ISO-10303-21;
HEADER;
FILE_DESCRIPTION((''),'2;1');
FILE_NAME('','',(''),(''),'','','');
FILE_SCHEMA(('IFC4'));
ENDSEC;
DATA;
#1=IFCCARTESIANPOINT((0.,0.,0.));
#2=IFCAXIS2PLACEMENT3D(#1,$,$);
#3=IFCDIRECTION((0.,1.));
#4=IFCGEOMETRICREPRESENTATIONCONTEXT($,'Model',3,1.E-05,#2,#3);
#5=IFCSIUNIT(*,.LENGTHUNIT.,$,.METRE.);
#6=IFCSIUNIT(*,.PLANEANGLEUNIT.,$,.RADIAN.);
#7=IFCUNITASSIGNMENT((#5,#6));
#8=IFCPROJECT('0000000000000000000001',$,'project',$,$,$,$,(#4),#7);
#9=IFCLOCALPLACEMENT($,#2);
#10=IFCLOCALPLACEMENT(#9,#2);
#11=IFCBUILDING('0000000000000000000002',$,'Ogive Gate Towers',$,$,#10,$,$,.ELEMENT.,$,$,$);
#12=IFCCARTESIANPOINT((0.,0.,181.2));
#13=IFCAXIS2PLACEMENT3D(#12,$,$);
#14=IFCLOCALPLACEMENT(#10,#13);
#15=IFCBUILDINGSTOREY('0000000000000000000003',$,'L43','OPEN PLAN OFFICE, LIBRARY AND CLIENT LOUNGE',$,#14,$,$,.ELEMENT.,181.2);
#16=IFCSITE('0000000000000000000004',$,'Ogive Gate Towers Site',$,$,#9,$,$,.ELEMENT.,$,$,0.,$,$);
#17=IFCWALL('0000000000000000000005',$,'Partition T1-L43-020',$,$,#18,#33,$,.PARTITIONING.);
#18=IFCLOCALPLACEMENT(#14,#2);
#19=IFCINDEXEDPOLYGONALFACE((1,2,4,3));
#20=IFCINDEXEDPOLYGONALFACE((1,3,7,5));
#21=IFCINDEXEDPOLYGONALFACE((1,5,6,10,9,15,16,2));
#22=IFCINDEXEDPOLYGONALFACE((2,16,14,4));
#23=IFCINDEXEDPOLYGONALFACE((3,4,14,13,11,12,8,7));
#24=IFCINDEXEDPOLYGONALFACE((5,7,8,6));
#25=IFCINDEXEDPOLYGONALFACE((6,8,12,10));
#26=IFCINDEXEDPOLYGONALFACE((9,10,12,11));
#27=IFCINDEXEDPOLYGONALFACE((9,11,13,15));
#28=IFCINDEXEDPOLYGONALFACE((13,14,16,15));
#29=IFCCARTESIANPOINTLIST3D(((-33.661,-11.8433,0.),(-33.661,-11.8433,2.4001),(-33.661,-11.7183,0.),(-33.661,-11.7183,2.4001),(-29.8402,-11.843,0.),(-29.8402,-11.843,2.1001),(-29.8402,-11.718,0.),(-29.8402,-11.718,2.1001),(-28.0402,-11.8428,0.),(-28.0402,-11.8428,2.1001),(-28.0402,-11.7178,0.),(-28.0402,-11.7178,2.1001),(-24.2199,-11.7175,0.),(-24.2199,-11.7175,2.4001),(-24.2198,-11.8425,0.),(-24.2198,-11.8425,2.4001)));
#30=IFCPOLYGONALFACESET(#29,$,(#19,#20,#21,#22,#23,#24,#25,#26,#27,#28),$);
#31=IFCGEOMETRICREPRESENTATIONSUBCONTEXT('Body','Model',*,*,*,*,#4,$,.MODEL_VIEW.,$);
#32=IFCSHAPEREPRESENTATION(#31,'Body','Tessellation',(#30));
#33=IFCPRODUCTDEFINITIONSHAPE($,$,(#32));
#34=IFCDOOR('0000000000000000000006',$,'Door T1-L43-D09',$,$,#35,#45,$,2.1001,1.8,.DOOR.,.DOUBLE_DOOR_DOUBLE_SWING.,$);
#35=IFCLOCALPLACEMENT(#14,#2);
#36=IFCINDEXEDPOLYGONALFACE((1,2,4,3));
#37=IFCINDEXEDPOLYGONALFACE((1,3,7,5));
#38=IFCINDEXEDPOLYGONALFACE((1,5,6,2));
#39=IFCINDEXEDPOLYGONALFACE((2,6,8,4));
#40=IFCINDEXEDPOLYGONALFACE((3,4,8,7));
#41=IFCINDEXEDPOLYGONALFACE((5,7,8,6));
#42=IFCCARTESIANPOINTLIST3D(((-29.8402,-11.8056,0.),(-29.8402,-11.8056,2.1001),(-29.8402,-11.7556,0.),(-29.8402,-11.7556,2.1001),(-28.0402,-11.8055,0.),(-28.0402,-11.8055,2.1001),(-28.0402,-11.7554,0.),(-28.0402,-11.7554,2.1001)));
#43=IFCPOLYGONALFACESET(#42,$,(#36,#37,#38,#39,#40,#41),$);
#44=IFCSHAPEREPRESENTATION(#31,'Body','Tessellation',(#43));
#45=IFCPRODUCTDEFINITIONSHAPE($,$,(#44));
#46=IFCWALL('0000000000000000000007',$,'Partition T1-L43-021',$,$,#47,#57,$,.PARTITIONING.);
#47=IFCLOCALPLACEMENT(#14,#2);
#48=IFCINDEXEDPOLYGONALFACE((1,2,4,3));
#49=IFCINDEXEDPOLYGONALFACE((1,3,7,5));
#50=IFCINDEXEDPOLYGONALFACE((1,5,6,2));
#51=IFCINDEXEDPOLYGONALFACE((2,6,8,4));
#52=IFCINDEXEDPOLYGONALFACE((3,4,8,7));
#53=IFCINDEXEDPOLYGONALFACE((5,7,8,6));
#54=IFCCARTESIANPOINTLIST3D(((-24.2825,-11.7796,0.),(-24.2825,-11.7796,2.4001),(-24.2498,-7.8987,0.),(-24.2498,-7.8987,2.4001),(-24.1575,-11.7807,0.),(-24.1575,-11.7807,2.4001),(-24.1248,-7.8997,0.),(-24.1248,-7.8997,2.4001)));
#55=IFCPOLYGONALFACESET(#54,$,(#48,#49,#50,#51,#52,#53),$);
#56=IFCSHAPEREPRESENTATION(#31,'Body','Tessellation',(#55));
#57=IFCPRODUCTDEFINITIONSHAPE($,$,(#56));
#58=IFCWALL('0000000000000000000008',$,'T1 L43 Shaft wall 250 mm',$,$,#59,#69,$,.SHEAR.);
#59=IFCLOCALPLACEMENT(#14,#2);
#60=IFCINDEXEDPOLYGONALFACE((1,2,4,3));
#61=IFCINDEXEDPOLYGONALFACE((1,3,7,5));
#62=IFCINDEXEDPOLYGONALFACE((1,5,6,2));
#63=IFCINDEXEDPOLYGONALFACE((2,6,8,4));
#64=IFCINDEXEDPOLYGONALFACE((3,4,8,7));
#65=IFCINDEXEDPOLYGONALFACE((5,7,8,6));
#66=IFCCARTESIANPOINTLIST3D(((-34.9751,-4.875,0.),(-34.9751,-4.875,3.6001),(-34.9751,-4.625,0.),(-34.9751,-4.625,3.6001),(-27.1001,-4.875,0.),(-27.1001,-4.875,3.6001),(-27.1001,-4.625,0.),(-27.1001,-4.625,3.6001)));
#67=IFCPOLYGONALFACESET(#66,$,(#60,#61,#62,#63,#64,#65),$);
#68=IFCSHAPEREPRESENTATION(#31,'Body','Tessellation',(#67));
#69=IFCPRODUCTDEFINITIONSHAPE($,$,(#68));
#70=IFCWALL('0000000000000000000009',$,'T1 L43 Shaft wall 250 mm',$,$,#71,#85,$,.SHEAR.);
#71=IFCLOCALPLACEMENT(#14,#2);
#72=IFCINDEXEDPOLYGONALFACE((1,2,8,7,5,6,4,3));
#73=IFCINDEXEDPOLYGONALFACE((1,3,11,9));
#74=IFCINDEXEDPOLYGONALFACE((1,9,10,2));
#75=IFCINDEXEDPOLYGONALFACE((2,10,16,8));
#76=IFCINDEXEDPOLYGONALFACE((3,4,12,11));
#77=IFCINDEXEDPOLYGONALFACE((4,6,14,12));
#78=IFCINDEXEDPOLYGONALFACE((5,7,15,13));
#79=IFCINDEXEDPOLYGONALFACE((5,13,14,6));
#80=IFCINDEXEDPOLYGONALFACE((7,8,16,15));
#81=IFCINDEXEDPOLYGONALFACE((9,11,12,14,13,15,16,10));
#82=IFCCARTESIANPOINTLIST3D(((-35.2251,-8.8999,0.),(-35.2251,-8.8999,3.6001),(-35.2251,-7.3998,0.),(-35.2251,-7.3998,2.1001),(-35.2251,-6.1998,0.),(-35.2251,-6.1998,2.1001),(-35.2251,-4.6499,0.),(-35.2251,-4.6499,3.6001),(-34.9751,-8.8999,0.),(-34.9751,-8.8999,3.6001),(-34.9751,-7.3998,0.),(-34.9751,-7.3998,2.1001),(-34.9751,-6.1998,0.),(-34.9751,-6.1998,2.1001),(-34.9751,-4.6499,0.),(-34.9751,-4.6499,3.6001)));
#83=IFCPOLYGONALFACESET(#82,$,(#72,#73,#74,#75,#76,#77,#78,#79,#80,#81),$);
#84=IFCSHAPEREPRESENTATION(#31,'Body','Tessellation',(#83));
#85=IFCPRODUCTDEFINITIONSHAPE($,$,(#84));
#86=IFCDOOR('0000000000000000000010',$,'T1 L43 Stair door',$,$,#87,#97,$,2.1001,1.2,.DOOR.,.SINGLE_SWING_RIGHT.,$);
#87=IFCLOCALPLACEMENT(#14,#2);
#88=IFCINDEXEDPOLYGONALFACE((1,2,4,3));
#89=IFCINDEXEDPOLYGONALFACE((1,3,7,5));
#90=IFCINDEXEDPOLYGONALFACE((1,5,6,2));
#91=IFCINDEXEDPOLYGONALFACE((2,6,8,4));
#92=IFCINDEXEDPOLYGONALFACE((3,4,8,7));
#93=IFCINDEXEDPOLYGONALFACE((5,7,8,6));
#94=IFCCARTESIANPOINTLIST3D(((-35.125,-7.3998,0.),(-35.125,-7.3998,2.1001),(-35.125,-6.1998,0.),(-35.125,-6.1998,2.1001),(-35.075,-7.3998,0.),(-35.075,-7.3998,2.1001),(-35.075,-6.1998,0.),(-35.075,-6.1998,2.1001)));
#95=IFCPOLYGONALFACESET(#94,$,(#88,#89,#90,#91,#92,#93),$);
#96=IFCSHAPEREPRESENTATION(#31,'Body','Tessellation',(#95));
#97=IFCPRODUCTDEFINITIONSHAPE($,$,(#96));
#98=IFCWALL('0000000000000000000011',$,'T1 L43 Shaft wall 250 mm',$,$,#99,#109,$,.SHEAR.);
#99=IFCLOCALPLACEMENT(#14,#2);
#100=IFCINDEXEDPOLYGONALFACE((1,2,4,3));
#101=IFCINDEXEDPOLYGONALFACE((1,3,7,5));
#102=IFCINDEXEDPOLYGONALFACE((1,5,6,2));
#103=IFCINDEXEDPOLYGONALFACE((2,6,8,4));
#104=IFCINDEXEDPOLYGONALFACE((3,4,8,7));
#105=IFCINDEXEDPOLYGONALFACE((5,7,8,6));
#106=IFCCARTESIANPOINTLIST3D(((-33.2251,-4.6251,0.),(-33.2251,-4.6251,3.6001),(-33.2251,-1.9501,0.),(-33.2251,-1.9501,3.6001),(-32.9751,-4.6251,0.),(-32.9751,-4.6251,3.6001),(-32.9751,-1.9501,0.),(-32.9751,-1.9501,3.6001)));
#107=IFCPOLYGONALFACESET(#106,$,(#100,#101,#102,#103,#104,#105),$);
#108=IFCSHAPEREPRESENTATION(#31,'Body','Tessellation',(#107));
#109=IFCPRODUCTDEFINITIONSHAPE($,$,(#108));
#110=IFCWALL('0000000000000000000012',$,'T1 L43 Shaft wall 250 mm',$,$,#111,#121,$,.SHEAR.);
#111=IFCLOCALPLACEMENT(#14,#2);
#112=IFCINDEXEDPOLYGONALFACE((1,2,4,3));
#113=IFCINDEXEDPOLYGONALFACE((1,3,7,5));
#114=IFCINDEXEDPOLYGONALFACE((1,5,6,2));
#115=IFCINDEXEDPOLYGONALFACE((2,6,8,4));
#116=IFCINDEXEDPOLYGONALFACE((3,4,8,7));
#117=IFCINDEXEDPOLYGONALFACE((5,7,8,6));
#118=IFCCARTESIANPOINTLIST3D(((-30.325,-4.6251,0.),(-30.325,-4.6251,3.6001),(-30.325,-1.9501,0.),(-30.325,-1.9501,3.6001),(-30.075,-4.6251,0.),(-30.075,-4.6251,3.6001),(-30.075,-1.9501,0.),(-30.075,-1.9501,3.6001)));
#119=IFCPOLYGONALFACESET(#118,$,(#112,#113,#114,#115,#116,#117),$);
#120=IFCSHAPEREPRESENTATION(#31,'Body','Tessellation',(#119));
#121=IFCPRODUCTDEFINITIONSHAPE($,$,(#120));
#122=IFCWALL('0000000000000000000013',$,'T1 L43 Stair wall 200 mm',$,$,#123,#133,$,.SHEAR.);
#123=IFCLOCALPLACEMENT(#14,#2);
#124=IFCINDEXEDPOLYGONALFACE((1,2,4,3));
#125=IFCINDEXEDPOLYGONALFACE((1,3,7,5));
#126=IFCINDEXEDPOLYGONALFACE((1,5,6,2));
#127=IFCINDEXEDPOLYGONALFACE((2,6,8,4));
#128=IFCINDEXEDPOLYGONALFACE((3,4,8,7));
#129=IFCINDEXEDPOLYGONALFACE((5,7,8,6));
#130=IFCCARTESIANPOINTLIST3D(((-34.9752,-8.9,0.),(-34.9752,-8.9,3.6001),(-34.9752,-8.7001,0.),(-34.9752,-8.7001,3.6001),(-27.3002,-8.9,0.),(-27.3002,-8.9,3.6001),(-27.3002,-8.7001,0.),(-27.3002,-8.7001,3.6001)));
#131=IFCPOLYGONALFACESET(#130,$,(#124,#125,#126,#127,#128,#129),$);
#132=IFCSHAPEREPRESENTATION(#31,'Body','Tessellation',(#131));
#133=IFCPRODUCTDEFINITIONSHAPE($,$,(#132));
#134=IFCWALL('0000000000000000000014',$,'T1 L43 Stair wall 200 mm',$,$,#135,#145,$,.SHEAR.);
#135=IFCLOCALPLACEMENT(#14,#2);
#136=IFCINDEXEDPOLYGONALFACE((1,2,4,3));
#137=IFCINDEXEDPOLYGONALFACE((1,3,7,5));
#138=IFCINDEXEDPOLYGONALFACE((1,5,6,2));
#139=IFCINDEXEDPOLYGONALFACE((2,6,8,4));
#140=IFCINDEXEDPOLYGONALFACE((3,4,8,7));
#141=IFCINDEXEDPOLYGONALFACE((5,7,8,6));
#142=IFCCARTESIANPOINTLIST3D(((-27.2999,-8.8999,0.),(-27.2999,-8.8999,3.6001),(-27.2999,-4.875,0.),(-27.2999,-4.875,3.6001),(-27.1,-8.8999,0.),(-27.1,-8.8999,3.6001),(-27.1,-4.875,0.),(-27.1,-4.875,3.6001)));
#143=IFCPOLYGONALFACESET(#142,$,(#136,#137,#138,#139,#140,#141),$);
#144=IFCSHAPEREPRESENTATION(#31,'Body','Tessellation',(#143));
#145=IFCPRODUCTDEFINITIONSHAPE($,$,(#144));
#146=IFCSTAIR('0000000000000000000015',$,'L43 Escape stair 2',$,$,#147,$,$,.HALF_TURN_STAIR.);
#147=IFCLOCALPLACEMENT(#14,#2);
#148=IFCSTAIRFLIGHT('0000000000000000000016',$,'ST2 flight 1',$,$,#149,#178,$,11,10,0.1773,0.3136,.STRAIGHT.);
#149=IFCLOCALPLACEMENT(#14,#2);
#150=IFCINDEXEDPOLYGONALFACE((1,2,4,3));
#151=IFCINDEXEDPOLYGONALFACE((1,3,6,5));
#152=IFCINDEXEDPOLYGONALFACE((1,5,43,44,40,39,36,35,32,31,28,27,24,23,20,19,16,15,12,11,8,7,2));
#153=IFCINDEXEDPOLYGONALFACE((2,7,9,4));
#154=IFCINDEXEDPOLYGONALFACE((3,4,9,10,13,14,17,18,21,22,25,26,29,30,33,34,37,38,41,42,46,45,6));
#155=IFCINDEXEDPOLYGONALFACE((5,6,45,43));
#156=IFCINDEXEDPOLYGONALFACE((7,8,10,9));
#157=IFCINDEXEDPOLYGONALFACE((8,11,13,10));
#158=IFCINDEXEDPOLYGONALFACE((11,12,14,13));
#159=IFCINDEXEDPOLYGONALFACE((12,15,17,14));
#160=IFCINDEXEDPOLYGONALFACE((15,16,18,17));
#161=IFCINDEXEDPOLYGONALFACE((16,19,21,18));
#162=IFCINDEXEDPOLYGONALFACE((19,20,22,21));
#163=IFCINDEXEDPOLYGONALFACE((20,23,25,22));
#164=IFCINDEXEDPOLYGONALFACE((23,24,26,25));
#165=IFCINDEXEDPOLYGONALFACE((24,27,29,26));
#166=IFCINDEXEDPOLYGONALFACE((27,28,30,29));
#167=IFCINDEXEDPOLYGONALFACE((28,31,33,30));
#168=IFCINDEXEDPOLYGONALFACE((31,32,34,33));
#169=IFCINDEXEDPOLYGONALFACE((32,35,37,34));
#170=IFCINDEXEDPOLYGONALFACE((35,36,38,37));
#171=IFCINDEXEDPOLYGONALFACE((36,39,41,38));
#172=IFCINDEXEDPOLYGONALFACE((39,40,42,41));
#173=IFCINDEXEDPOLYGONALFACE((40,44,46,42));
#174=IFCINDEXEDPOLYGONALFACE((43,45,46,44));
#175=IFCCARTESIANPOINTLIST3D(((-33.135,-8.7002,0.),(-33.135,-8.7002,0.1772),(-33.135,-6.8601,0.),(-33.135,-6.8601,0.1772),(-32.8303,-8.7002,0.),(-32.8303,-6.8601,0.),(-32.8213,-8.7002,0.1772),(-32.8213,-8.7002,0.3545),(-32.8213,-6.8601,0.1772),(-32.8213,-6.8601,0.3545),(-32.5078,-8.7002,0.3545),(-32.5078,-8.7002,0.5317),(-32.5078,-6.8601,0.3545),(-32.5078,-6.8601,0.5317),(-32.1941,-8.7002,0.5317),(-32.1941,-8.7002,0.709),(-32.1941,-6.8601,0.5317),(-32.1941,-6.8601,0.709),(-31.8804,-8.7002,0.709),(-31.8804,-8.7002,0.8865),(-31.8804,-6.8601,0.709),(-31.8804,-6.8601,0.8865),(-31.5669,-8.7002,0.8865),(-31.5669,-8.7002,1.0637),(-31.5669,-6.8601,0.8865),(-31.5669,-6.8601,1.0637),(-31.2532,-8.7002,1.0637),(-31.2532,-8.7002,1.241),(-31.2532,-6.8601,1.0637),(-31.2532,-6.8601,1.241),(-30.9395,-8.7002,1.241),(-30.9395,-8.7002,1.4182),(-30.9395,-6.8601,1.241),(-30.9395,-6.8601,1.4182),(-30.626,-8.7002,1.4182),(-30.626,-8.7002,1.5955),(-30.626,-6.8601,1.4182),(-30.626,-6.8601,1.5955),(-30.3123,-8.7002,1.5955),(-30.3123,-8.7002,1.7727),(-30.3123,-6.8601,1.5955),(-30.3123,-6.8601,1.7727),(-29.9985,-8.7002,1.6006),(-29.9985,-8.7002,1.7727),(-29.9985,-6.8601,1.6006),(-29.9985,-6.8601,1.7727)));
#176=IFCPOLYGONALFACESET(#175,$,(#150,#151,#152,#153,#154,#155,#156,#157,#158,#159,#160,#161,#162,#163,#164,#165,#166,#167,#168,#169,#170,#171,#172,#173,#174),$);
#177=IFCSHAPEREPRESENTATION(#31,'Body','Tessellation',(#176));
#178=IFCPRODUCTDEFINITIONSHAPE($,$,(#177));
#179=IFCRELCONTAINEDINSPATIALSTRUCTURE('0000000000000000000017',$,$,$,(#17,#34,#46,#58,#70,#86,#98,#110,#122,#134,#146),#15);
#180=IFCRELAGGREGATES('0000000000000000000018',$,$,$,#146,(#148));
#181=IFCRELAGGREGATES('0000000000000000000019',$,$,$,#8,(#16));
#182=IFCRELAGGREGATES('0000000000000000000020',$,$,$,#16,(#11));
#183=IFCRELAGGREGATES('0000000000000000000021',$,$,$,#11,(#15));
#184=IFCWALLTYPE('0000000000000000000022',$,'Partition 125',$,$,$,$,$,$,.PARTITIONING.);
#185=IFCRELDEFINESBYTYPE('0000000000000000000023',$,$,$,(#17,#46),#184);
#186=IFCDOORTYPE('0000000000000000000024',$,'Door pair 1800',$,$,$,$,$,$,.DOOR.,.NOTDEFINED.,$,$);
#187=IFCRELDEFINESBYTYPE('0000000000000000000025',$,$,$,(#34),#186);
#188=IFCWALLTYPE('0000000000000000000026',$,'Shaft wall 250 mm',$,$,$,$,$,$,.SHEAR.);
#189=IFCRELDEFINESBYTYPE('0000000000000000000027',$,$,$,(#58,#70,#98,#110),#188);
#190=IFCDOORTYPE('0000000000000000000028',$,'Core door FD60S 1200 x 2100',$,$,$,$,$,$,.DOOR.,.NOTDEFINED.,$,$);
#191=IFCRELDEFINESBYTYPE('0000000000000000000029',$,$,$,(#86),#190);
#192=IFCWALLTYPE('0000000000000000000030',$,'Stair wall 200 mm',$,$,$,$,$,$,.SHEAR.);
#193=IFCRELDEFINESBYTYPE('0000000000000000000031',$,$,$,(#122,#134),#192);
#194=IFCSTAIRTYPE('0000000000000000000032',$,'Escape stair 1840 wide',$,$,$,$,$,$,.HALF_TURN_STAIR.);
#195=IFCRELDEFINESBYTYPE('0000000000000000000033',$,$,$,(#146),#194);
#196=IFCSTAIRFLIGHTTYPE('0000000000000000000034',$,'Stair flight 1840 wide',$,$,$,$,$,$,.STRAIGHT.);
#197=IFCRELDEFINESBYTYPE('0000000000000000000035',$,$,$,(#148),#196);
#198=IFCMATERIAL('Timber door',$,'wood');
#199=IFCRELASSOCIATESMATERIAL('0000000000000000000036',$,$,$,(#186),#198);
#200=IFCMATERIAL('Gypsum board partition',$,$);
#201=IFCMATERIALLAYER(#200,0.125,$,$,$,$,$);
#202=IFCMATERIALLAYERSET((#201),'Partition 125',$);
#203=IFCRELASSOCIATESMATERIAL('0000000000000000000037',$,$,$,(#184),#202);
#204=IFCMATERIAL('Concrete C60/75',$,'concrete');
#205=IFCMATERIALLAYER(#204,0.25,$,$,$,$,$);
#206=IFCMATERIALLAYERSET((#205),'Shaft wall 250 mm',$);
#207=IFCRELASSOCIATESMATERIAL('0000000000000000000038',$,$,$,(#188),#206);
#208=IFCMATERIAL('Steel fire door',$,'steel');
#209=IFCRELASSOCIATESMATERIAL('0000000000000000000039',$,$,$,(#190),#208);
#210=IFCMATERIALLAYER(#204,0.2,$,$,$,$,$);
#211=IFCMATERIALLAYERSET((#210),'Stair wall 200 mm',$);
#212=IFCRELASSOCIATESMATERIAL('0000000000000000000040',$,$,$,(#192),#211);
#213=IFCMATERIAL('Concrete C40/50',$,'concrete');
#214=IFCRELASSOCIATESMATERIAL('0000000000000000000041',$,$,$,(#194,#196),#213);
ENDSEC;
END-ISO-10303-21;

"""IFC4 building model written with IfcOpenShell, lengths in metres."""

from ifc_helpers import new_model, si_unit, direction, frame, frame_2d, origin, place, context, subcontext, project, spatial, polyline, rectangle, outline, extrude, material, layer, layer_set, type_object, element, fill, aggregate, save


model = new_model("IFC4")

# Units and contexts
model_context = context("Model", 3, precision=1e-05, world=origin(), true_north=direction((0.0, 1.0)))
body_context = subcontext(model_context, "Body", "Model", "MODEL_VIEW")
ifc_project = project(units=[si_unit("LENGTHUNIT", "METRE"), si_unit("PLANEANGLEUNIT", "RADIAN")], contexts=[model_context])

# Site, building, storey
site_placement = place(None, origin())
site = spatial("IfcSite", under=ifc_project, at=site_placement, Name="Ogive Gate Towers Site", CompositionType="ELEMENT", RefElevation=0.0)
building_placement = place(site_placement, origin())
building = spatial("IfcBuilding", under=site, at=building_placement, Name="Ogive Gate Towers", CompositionType="ELEMENT")
storey_placement = place(building_placement, frame((0.0, 0.0, 181.2)))
storey = spatial("IfcBuildingStorey", under=building, at=storey_placement, Name="L43", Description="OPEN PLAN OFFICE, LIBRARY AND CLIENT LOUNGE", CompositionType="ELEMENT", Elevation=181.2)

# Wall, opening, door
ifc_material_1 = material(Name="Timber door", Category="wood")
door_type_1 = type_object("IfcDoorType", Name="Door pair 1800", OperationType="NOTDEFINED", PredefinedType="DOOR", material=ifc_material_1)
ifc_material_2 = material(Name="Concrete C60/75", Category="concrete")
ifc_material_3 = material(Name="Steel fire door", Category="steel")
ifc_material_4 = material(Name="Gypsum board partition")
ifc_layer_1 = layer(ifc_material_4, 0.125)
ifc_layer_set_1 = layer_set([ifc_layer_1], Name="Partition 125")
wall_type_1 = type_object("IfcWallType", Name="Partition 125", PredefinedType="PARTITIONING", material=ifc_layer_set_1)
wall_1_placement = place(storey_placement, frame((-33.6611, -11.7808, 0.0), z_axis=(0.0, 0.0, 1.0), x_axis=(1.0, 0.000078, 0.0)))
wall_1 = element("IfcWall", 1, at=wall_1_placement, inside=storey, type_object=wall_type_1, Name="Partition T1-L43-020", PredefinedType="PARTITIONING", context=body_context, shape_type="SweptSolid", body=[
    extrude(rectangle(XDim=9.4412, YDim=0.125, at=frame_2d((4.7207, 0.0))), origin(), (0.0, 0.0, 1.0), 2.4001),
])
opening_1_placement = place(wall_1_placement, frame((3.821, 0.0, 0.0)))
opening_1 = element("IfcOpeningElement", 2, at=opening_1_placement, cuts=wall_1, PredefinedType="OPENING", context=body_context, shape_type="SweptSolid", body=[
    extrude(rectangle(XDim=1.8, YDim=2.1001, at=frame_2d((0.8999, 1.05))), frame((0.0, 0.0725, 0.0), z_axis=(0.0, -1.0, 0.0), x_axis=(1.0, 0.0, 0.0)), (0.0, 0.0, 1.0), 0.145),
])
door_1_placement = place(opening_1_placement, origin())
door_1 = element("IfcDoor", 3, at=door_1_placement, inside=storey, type_object=door_type_1, Name="Door T1-L43-D09", OperationType="DOUBLE_DOOR_DOUBLE_SWING", OverallHeight=2.1001, OverallWidth=1.8, PredefinedType="DOOR", context=body_context, shape_type="SweptSolid", body=[
    extrude(rectangle(XDim=1.8, YDim=2.1001, at=frame_2d((0.8999, 1.05))), frame((0.0, 0.0249, 0.0), z_axis=(0.0, -1.0, 0.0), x_axis=(1.0, 0.0, 0.0)), (0.0, 0.0, 1.0), 0.05),
])
fill(opening_1, door_1)

# Walls
wall_2_placement = place(storey_placement, frame((-24.22, -11.78, 0.0), z_axis=(0.0, 0.0, 1.0), x_axis=(0.008429, 0.999964, 0.0)))
element("IfcWall", 4, at=wall_2_placement, inside=storey, type_object=wall_type_1, Name="Partition T1-L43-021", PredefinedType="PARTITIONING", context=body_context, shape_type="SweptSolid", body=[
    extrude(rectangle(XDim=3.8811, YDim=0.125, at=frame_2d((1.9404, 0.0))), origin(), (0.0, 0.0, 1.0), 2.4001),
])
ifc_layer_2 = layer(ifc_material_2, 0.25)
ifc_layer_set_2 = layer_set([ifc_layer_2], Name="Shaft wall 250 mm")
wall_type_2 = type_object("IfcWallType", Name="Shaft wall 250 mm", PredefinedType="SHEAR", material=ifc_layer_set_2)
wall_3_placement = place(storey_placement, frame((-34.9751, -4.75, 0.0), z_axis=(0.0, 0.0, 1.0), x_axis=(1.0, 0.0, 0.0)))
element("IfcWall", 5, at=wall_3_placement, inside=storey, type_object=wall_type_2, Name="T1 L43 Shaft wall 250 mm", PredefinedType="SHEAR", context=body_context, shape_type="SweptSolid", body=[
    extrude(rectangle(XDim=7.875, YDim=0.25, at=frame_2d((3.9375, 0.0))), origin(), (0.0, 0.0, 1.0), 3.6001),
])

# Wall, opening, door
wall_4_placement = place(storey_placement, frame((-35.1001, -8.8999, 0.0), z_axis=(0.0, 0.0, 1.0), x_axis=(0.0, 1.0, 0.0)))
wall_4 = element("IfcWall", 6, at=wall_4_placement, inside=storey, type_object=wall_type_2, Name="T1 L43 Shaft wall 250 mm", PredefinedType="SHEAR", context=body_context, shape_type="SweptSolid", body=[
    extrude(rectangle(XDim=4.25, YDim=0.25, at=frame_2d((2.125, 0.0))), origin(), (0.0, 0.0, 1.0), 3.6001),
])
opening_2_placement = place(wall_4_placement, frame((1.5, 0.0, 0.0)))
opening_2 = element("IfcOpeningElement", 7, at=opening_2_placement, cuts=wall_4, PredefinedType="OPENING", context=body_context, shape_type="SweptSolid", body=[
    extrude(rectangle(XDim=1.2, YDim=2.1001, at=frame_2d((0.6001, 1.05))), frame((0.0, 0.135, 0.0), z_axis=(0.0, -1.0, 0.0), x_axis=(1.0, 0.0, 0.0)), (0.0, 0.0, 1.0), 0.27),
])
door_type_2 = type_object("IfcDoorType", Name="Core door FD60S 1200 x 2100", OperationType="NOTDEFINED", PredefinedType="DOOR", material=ifc_material_3)
door_2_placement = place(opening_2_placement, origin())
door_2 = element("IfcDoor", 8, at=door_2_placement, inside=storey, type_object=door_type_2, Name="T1 L43 Stair door", OperationType="SINGLE_SWING_RIGHT", OverallHeight=2.1001, OverallWidth=1.2, PredefinedType="DOOR", context=body_context, shape_type="SweptSolid", body=[
    extrude(rectangle(XDim=1.2, YDim=2.1001, at=frame_2d((0.6001, 1.05))), frame((0.0, 0.0249, 0.0), z_axis=(0.0, -1.0, 0.0), x_axis=(1.0, 0.0, 0.0)), (0.0, 0.0, 1.0), 0.05),
])
fill(opening_2, door_2)

# Walls
for number, where, z_axis, x_axis, name in (
    (9, (-33.1001, -4.625, 0.0), (0.0, 0.0, 1.0), (0.0, 1.0, 0.0), "T1 L43 Shaft wall 250 mm"),
    (10, (-30.2, -4.625, 0.0), (0.0, 0.0, 1.0), (0.0, 1.0, 0.0), "T1 L43 Shaft wall 250 mm"),
):
    element("IfcWall", number, at=place(storey_placement, frame(where, z_axis=z_axis, x_axis=x_axis)), inside=storey, type_object=wall_type_2, Name=name, PredefinedType="SHEAR", context=body_context, shape_type="SweptSolid", body=[
        extrude(rectangle(XDim=2.675, YDim=0.25, at=frame_2d((1.3374, 0.0))), origin(), (0.0, 0.0, 1.0), 3.6001),
    ])
ifc_layer_3 = layer(ifc_material_2, 0.2)
ifc_layer_set_3 = layer_set([ifc_layer_3], Name="Stair wall 200 mm")
wall_type_3 = type_object("IfcWallType", Name="Stair wall 200 mm", PredefinedType="SHEAR", material=ifc_layer_set_3)
wall_5_placement = place(storey_placement, frame((-34.9751, -8.8, 0.0), z_axis=(0.0, 0.0, 1.0), x_axis=(1.0, 0.0, 0.0)))
element("IfcWall", 11, at=wall_5_placement, inside=storey, type_object=wall_type_3, Name="T1 L43 Stair wall 200 mm", PredefinedType="SHEAR", context=body_context, shape_type="SweptSolid", body=[
    extrude(rectangle(XDim=7.675, YDim=0.2, at=frame_2d((3.8374, 0.0))), origin(), (0.0, 0.0, 1.0), 3.6001),
])
wall_6_placement = place(storey_placement, frame((-27.2, -8.8999, 0.0), z_axis=(0.0, 0.0, 1.0), x_axis=(0.0, 1.0, 0.0)))
element("IfcWall", 12, at=wall_6_placement, inside=storey, type_object=wall_type_3, Name="T1 L43 Stair wall 200 mm", PredefinedType="SHEAR", context=body_context, shape_type="SweptSolid", body=[
    extrude(rectangle(XDim=4.0249, YDim=0.2, at=frame_2d((2.0125, 0.0))), origin(), (0.0, 0.0, 1.0), 3.6001),
])

# Stair, stair flight
ifc_material_5 = material(Name="Concrete C40/50", Category="concrete")
stair_type = type_object("IfcStairType", Name="Escape stair 1840 wide", PredefinedType="HALF_TURN_STAIR", material=ifc_material_5)
stair_placement = place(storey_placement, origin())
stair = element("IfcStair", 13, at=stair_placement, inside=storey, type_object=stair_type, Name="L43 Escape stair 2", PredefinedType="HALF_TURN_STAIR")
stair_flight_type = type_object("IfcStairFlightType", Name="Stair flight 1840 wide", PredefinedType="STRAIGHT", material=ifc_material_5)
stair_flight_1_placement = place(storey_placement, frame((-33.135, -7.78, 0.0), z_axis=(0.0, 0.0, 1.0), x_axis=(1.0, 0.0, 0.0)))
stair_flight_1 = element("IfcStairFlight", 14, at=stair_flight_1_placement, type_object=stair_flight_type, Name="ST2 flight 1", NumberOfRisers=11, NumberOfTreads=10, PredefinedType="STRAIGHT", RiserHeight=0.1773, TreadLength=0.3136, context=body_context, shape_type="SweptSolid", body=[
    extrude(outline(polyline([(0.0, 0.0), (0.0, 0.1772), (0.3137, 0.1772), (0.3137, 0.3545), (0.6272, 0.3545), (0.6272, 0.5317), (0.9409, 0.5317), (0.9409, 0.709), (1.2546, 0.709), (1.2546, 0.8865), (1.5681, 0.8865), (1.5681, 1.0637), (1.8818, 1.0637), (1.8818, 1.241), (2.1956, 1.241), (2.1956, 1.4182), (2.509, 1.4182), (2.509, 1.5955), (2.8228, 1.5955), (2.8228, 1.7727), (3.1365, 1.7727), (3.1365, 1.95), (3.1365, 1.6006), (0.3047, 0.0), (0.0, 0.0)])), frame((0.0, 0.9199, 0.0), z_axis=(0.0, -1.0, 0.0), x_axis=(1.0, 0.0, 0.0)), (0.0, 0.0, 1.0), 1.8401),
])
aggregate(stair, [stair_flight_1])

save(model, "model.ifc")
